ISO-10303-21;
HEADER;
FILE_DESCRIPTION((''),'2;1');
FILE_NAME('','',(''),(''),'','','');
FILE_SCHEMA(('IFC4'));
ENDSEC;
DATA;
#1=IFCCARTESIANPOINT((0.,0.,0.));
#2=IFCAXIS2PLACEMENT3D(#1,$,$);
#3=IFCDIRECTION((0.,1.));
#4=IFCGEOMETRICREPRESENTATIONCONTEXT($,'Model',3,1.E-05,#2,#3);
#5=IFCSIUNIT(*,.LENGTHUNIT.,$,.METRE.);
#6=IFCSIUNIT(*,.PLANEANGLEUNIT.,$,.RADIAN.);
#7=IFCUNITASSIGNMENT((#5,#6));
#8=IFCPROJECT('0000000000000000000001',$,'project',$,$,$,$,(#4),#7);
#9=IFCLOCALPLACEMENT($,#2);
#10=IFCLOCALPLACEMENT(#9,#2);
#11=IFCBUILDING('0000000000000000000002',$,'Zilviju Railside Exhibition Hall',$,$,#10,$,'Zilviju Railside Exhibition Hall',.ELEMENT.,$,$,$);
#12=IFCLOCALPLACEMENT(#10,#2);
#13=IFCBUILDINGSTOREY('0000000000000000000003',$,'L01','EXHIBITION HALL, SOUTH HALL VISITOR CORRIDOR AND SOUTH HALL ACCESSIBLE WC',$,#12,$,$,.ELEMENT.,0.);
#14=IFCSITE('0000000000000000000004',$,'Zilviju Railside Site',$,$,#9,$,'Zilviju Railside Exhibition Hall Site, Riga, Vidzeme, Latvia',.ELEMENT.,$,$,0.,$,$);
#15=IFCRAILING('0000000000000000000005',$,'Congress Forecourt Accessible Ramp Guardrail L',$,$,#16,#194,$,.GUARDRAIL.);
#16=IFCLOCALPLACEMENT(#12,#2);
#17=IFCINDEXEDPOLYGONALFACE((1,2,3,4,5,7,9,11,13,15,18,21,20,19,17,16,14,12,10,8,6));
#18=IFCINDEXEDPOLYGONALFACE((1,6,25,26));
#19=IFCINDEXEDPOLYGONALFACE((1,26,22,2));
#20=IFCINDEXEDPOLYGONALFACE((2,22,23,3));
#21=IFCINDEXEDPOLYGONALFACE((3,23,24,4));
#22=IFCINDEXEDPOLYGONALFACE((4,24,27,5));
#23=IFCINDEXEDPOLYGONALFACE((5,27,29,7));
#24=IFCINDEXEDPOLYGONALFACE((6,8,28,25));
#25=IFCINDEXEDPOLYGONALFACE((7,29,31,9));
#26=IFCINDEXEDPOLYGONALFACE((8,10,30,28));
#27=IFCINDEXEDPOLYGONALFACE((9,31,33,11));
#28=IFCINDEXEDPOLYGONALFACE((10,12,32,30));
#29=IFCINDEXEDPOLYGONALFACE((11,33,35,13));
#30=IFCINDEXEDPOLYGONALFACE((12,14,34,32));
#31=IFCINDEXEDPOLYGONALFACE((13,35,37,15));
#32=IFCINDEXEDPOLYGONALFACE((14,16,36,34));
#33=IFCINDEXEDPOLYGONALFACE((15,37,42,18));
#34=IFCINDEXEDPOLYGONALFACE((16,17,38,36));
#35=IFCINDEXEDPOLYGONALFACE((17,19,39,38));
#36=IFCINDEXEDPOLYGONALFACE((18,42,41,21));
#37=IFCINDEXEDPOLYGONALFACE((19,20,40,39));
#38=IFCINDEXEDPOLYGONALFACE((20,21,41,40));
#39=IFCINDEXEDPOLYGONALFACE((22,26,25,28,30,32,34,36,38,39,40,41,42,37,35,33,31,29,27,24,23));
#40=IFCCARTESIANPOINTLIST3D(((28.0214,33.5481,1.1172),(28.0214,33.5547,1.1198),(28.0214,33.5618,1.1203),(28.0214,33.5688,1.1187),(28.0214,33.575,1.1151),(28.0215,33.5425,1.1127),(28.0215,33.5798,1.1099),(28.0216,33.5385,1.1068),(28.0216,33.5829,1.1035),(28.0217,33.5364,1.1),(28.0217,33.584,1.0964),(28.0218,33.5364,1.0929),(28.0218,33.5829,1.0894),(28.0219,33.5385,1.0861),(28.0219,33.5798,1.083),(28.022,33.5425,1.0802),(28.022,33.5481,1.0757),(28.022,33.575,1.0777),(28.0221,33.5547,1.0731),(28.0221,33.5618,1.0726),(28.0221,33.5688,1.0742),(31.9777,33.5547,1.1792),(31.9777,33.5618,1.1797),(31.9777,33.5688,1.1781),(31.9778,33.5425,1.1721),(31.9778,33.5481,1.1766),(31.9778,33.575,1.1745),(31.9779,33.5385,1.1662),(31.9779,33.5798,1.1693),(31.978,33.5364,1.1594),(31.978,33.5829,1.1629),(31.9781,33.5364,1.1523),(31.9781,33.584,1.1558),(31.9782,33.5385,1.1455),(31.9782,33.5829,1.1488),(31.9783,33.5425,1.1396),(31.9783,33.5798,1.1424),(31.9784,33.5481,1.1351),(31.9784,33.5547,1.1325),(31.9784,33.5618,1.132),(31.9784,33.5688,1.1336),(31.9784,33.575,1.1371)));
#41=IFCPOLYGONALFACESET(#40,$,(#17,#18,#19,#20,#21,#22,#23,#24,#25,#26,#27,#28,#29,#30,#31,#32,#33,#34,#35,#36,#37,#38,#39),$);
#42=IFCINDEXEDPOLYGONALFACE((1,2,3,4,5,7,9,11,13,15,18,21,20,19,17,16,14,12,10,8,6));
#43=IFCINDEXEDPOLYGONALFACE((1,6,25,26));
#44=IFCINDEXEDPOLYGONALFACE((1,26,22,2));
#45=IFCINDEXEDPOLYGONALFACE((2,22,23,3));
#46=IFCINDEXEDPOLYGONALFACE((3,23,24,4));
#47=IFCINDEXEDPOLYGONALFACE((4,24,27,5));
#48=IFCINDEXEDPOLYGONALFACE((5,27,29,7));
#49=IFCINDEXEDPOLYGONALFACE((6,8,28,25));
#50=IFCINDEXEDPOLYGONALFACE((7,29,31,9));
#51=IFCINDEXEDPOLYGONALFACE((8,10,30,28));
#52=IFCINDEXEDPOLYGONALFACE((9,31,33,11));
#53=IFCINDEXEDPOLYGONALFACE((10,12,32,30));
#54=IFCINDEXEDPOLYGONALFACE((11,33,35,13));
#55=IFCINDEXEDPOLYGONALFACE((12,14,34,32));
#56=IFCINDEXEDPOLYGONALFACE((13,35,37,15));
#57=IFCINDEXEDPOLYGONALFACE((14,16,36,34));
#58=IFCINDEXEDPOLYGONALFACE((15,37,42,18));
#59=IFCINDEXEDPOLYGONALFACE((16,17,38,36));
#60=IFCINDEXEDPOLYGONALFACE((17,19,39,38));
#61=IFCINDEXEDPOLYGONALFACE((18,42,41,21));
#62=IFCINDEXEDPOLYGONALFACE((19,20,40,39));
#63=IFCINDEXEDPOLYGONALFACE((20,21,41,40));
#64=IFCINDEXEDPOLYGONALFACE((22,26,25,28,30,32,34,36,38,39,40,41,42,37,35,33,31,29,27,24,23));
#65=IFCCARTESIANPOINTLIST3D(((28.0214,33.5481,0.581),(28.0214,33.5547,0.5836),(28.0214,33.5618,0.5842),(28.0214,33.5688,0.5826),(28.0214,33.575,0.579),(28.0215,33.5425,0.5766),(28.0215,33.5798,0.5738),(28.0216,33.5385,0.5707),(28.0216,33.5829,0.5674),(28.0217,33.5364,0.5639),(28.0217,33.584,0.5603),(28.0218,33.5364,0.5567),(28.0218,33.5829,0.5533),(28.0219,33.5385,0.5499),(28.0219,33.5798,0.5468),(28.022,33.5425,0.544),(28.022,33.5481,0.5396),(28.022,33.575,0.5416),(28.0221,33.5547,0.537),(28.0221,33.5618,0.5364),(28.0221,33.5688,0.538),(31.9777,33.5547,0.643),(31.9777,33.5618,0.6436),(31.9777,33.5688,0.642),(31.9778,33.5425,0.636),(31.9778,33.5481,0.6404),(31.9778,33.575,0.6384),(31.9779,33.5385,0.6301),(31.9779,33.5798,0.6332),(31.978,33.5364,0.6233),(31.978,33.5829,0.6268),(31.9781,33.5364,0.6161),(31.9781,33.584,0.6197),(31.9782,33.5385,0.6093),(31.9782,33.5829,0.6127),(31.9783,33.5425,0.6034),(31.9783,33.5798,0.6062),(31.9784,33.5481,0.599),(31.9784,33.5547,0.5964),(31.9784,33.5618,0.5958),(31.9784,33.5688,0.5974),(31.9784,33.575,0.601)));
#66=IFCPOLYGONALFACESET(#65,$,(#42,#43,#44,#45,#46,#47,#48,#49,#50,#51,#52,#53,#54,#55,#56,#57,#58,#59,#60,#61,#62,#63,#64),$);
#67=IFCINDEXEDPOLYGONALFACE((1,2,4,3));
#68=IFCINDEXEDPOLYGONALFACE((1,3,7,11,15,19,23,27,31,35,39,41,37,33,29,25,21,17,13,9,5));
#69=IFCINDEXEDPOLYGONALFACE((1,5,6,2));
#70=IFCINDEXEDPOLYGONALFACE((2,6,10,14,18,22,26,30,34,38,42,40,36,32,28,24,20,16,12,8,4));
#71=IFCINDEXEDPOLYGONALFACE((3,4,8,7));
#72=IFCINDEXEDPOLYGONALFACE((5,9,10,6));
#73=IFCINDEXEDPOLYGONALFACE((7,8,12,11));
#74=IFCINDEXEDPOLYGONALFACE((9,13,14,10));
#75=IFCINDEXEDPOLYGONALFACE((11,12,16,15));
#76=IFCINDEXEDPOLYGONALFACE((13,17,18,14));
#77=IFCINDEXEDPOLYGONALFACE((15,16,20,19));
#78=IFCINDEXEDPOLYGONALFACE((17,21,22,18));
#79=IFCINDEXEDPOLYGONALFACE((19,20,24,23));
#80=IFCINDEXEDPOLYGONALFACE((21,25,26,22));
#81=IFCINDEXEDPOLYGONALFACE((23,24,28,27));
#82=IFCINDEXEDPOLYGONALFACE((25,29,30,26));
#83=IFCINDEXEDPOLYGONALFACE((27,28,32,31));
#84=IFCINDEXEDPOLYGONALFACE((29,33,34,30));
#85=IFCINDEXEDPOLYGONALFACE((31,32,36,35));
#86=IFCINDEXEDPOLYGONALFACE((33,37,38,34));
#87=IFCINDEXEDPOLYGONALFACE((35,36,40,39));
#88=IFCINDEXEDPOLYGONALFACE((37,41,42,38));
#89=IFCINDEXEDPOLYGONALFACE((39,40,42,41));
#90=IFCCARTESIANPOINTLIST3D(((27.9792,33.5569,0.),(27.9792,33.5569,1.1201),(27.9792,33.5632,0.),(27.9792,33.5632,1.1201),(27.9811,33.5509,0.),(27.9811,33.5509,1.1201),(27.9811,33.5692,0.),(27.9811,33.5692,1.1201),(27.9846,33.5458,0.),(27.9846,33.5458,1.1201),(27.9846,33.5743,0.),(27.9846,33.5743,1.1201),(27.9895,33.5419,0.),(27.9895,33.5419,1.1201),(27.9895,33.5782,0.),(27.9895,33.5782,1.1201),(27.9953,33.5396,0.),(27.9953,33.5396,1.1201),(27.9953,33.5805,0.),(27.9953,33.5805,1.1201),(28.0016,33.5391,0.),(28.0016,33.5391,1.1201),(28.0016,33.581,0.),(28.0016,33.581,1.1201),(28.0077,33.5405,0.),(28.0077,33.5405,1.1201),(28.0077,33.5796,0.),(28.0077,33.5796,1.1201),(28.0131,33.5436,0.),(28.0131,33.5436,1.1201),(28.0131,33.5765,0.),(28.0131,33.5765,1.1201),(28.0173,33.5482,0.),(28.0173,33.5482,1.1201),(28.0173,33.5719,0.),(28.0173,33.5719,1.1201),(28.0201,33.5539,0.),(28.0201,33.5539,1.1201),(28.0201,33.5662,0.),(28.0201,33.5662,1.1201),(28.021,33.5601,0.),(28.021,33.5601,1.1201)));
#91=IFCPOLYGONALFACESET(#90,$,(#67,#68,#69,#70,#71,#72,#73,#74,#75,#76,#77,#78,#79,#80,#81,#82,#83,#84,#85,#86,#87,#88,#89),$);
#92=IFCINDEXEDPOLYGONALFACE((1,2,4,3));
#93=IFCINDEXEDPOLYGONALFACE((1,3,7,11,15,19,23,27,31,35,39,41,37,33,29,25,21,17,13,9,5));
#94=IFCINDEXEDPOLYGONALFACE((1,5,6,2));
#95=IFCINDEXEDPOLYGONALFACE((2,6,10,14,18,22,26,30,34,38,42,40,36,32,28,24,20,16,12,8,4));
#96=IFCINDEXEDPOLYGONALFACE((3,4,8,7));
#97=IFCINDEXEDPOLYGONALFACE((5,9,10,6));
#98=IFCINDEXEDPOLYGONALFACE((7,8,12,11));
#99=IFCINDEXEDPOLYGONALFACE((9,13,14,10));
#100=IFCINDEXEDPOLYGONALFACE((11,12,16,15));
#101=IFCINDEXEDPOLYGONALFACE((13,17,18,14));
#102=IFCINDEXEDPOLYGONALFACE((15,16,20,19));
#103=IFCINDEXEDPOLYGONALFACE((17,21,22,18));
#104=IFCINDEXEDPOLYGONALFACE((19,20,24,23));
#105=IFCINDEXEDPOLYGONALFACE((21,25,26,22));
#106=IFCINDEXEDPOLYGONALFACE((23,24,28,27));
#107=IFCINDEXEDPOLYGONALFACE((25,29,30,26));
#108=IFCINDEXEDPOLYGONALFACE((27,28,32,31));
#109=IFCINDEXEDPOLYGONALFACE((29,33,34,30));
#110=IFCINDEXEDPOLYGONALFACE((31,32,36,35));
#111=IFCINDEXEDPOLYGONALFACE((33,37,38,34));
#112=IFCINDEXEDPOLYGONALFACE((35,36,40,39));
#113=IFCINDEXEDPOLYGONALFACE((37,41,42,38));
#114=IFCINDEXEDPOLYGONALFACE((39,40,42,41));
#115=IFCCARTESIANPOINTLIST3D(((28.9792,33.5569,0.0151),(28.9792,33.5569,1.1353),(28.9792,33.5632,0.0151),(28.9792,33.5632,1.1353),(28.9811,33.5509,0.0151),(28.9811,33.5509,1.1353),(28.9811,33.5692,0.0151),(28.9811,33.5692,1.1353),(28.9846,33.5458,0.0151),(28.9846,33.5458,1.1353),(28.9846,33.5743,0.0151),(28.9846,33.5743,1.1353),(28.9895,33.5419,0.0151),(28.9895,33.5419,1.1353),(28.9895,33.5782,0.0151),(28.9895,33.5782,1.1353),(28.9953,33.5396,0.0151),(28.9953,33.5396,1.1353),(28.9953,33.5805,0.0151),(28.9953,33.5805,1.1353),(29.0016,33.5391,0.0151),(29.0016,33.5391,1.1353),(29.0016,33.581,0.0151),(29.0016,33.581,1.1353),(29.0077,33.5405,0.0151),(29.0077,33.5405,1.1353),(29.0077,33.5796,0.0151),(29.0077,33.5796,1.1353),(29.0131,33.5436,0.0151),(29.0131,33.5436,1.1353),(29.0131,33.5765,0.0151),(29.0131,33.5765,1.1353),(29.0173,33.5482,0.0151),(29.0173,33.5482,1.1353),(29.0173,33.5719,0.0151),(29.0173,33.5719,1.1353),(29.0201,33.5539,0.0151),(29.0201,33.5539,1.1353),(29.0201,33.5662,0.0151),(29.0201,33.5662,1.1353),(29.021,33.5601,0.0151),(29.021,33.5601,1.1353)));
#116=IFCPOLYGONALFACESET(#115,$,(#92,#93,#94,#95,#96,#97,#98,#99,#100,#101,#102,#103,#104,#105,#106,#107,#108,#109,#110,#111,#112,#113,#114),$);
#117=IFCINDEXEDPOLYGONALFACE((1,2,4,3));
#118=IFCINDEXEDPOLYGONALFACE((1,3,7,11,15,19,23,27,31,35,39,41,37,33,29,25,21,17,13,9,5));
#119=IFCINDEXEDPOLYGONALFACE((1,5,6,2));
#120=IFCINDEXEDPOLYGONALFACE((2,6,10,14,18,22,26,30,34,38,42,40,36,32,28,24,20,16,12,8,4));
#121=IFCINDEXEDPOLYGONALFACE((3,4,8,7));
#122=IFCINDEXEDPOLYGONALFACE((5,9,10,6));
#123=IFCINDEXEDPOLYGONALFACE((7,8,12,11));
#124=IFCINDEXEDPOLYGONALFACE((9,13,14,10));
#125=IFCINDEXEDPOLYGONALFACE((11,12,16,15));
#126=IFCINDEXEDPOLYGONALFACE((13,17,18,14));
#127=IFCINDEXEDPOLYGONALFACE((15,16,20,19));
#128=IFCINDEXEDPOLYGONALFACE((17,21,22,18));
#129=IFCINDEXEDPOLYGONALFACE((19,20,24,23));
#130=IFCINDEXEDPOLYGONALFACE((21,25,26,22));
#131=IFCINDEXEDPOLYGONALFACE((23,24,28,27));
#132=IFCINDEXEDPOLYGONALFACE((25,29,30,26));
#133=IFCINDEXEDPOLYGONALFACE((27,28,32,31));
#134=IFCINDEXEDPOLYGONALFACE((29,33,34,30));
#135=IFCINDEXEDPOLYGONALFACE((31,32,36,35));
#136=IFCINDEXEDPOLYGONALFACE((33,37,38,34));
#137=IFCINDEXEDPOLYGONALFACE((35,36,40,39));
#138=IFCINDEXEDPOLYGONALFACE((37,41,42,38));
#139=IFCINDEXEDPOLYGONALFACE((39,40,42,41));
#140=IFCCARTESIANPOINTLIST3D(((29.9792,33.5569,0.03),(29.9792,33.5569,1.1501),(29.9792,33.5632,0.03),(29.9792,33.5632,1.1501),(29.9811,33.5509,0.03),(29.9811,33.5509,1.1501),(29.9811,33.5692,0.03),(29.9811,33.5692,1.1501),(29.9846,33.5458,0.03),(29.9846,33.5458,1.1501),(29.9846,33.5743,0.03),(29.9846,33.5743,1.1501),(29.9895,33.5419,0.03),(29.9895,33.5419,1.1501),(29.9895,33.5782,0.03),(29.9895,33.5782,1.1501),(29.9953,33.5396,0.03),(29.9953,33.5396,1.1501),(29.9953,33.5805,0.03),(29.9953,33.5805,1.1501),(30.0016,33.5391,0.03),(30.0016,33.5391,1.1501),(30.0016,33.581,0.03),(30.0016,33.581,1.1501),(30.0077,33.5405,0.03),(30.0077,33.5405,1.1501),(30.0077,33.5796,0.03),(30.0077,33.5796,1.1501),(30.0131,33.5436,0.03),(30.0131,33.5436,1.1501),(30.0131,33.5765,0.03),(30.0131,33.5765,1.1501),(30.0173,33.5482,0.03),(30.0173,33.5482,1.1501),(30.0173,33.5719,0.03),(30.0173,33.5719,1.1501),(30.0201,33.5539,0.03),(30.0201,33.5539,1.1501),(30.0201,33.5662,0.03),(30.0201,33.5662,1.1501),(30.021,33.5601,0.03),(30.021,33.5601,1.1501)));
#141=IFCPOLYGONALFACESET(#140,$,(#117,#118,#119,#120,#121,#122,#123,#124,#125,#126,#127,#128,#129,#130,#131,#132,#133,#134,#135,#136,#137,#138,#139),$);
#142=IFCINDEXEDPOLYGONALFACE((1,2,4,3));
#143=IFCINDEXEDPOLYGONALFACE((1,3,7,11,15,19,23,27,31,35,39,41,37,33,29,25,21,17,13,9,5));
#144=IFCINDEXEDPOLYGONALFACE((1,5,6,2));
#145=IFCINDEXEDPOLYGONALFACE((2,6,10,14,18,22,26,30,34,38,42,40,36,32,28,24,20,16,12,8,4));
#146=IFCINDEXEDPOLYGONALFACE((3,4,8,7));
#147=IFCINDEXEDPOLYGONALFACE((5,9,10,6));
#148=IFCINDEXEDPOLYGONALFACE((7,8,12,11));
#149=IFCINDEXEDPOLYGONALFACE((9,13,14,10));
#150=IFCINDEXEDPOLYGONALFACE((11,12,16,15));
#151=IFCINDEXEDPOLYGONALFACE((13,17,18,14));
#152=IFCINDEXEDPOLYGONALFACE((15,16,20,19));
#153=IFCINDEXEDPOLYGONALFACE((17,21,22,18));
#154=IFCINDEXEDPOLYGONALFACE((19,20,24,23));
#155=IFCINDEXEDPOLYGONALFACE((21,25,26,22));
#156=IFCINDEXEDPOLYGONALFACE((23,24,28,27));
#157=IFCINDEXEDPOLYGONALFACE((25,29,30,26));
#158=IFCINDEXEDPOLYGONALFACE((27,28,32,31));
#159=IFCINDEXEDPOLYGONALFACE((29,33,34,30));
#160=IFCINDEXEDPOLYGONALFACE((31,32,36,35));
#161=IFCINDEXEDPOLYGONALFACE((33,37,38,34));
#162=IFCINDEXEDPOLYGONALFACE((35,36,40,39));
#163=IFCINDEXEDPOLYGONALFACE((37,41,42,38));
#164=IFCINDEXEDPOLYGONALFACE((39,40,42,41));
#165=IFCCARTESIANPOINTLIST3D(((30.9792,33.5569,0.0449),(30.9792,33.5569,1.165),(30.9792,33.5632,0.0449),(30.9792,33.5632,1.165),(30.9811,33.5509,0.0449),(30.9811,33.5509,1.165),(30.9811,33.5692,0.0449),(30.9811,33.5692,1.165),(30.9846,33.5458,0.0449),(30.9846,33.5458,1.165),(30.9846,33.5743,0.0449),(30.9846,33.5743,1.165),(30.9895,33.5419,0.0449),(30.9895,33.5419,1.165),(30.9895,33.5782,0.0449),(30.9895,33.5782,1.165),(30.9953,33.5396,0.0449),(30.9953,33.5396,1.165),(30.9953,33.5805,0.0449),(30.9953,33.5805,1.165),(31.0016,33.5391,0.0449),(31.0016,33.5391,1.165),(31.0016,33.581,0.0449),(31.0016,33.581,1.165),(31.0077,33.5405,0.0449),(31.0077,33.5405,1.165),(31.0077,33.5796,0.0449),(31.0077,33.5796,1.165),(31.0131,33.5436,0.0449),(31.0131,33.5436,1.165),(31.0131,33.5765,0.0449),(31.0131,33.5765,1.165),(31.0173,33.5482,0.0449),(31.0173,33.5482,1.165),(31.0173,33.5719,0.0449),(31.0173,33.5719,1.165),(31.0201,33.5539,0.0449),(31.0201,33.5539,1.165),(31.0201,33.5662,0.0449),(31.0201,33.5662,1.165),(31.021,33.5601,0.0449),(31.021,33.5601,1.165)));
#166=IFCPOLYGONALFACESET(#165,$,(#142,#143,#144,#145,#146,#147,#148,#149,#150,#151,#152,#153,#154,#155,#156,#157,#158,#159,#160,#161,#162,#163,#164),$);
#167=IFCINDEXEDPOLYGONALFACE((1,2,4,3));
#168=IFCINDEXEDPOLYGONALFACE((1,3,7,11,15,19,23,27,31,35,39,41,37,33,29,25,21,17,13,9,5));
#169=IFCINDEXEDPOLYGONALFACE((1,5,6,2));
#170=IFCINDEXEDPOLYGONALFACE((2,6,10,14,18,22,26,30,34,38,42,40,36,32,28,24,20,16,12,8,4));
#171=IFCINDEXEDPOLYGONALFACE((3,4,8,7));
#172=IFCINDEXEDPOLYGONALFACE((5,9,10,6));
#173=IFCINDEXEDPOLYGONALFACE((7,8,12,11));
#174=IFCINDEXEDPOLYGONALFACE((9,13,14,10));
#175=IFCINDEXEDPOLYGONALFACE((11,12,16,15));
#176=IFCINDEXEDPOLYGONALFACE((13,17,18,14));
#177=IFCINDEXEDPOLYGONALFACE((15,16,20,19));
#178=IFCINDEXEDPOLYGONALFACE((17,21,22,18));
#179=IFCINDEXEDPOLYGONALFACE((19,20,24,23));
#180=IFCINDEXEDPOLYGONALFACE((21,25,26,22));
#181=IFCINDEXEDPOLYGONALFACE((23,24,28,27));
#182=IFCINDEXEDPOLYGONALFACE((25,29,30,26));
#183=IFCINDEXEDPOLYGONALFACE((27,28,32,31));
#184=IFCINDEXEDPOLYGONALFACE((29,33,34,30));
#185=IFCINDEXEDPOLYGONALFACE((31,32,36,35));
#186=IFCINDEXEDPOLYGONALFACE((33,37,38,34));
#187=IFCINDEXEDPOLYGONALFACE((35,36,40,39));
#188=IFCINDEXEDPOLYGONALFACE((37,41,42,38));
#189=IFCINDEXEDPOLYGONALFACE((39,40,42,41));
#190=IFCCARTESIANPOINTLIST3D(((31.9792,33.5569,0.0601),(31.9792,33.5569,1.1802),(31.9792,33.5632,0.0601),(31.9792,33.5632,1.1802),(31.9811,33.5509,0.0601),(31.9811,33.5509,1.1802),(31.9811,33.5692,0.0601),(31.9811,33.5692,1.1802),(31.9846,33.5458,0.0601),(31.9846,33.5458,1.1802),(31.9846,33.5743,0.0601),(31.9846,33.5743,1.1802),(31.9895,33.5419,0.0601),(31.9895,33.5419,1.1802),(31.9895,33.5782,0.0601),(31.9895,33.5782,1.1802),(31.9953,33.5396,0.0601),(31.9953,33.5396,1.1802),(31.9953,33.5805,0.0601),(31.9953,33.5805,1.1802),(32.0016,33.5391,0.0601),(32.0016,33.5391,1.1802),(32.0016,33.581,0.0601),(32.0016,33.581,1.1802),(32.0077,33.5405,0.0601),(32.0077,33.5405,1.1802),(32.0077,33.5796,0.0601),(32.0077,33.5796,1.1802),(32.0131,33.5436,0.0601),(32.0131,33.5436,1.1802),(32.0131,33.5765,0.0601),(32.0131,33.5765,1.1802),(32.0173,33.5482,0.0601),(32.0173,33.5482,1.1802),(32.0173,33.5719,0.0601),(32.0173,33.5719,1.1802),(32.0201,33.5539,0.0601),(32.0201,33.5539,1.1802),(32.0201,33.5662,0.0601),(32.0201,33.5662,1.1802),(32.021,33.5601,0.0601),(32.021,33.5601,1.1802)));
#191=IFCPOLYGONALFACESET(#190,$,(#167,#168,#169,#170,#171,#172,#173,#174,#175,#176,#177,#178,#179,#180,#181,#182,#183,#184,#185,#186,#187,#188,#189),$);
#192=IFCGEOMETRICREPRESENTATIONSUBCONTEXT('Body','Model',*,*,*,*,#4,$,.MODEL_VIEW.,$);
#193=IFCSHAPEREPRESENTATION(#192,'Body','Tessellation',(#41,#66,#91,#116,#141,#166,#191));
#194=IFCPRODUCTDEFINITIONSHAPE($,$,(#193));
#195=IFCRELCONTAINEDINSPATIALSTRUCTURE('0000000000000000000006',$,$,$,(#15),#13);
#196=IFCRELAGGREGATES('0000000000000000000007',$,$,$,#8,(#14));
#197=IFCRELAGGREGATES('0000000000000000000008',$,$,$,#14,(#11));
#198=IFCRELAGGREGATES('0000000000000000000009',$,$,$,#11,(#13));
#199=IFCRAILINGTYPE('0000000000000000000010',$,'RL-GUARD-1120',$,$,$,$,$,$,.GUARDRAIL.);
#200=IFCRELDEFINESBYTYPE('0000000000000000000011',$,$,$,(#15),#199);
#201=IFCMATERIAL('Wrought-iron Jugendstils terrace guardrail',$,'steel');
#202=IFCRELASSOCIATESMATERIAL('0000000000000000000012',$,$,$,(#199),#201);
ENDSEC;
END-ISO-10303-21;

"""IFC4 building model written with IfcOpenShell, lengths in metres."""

from ifc_helpers import new_model, si_unit, direction, frame, origin, origin_2d, place, context, subcontext, project, spatial, circle, extrude, material, type_object, element, save


model = new_model("IFC4")

# Units and contexts
model_context = context("Model", 3, precision=1e-05, world=origin(), true_north=direction((0.0, 1.0)))
body_context = subcontext(model_context, "Body", "Model", "MODEL_VIEW")
ifc_project = project(units=[si_unit("LENGTHUNIT", "METRE"), si_unit("PLANEANGLEUNIT", "RADIAN")], contexts=[model_context])

# Site, building, storey
site_placement = place(None, origin())
site = spatial("IfcSite", under=ifc_project, at=site_placement, Name="Zilviju Railside Site", LongName="Zilviju Railside Exhibition Hall Site, Riga, Vidzeme, Latvia", CompositionType="ELEMENT", RefElevation=0.0)
building_placement = place(site_placement, origin())
building = spatial("IfcBuilding", under=site, at=building_placement, Name="Zilviju Railside Exhibition Hall", LongName="Zilviju Railside Exhibition Hall", CompositionType="ELEMENT")
storey_placement = place(building_placement, origin())
storey = spatial("IfcBuildingStorey", under=building, at=storey_placement, Name="L01", Description="EXHIBITION HALL, SOUTH HALL VISITOR CORRIDOR AND SOUTH HALL ACCESSIBLE WC", CompositionType="ELEMENT", Elevation=0.0)

# Railing
ifc_material_1 = material(Name="Wrought-iron Jugendstils terrace guardrail", Category="steel")
railing_type = type_object("IfcRailingType", Name="RL-GUARD-1120", PredefinedType="GUARDRAIL", material=ifc_material_1)
for number, where, name in (
    (1, (28.0, 33.5601, 0.0), "Congress Forecourt Accessible Ramp Guardrail L"),
):
    element("IfcRailing", number, at=place(storey_placement, frame(where)), inside=storey, type_object=railing_type, Name=name, PredefinedType="GUARDRAIL", context=body_context, shape_type="SweptSolid", body=[
        extrude(circle(Radius=0.0239, at=origin_2d()), frame((0.0217, 0.0, 1.0964), z_axis=(0.999887, 0.0, 0.015013), x_axis=(0.0, 1.0, 0.0)), (0.0, 0.0, 1.0), 3.9568),
        extrude(circle(Radius=0.0239, at=origin_2d()), frame((0.0217, 0.0, 0.5603), z_axis=(0.999887, 0.0, 0.015013), x_axis=(0.0, 1.0, 0.0)), (0.0, 0.0, 1.0), 3.9568),
        extrude(circle(Radius=0.021, at=origin_2d()), origin(), (0.0, 0.0, 1.0), 1.1201),
        extrude(circle(Radius=0.021, at=origin_2d()), frame((1.0, 0.0, 0.0151)), (0.0, 0.0, 1.0), 1.1201),
        extrude(circle(Radius=0.021, at=origin_2d()), frame((2.0, 0.0, 0.03)), (0.0, 0.0, 1.0), 1.1201),
        extrude(circle(Radius=0.021, at=origin_2d()), frame((3.0, 0.0, 0.0449)), (0.0, 0.0, 1.0), 1.1201),
        extrude(circle(Radius=0.021, at=origin_2d()), frame((4.0, 0.0, 0.0601)), (0.0, 0.0, 1.0), 1.1201),
    ])

save(model, "model.ifc")
